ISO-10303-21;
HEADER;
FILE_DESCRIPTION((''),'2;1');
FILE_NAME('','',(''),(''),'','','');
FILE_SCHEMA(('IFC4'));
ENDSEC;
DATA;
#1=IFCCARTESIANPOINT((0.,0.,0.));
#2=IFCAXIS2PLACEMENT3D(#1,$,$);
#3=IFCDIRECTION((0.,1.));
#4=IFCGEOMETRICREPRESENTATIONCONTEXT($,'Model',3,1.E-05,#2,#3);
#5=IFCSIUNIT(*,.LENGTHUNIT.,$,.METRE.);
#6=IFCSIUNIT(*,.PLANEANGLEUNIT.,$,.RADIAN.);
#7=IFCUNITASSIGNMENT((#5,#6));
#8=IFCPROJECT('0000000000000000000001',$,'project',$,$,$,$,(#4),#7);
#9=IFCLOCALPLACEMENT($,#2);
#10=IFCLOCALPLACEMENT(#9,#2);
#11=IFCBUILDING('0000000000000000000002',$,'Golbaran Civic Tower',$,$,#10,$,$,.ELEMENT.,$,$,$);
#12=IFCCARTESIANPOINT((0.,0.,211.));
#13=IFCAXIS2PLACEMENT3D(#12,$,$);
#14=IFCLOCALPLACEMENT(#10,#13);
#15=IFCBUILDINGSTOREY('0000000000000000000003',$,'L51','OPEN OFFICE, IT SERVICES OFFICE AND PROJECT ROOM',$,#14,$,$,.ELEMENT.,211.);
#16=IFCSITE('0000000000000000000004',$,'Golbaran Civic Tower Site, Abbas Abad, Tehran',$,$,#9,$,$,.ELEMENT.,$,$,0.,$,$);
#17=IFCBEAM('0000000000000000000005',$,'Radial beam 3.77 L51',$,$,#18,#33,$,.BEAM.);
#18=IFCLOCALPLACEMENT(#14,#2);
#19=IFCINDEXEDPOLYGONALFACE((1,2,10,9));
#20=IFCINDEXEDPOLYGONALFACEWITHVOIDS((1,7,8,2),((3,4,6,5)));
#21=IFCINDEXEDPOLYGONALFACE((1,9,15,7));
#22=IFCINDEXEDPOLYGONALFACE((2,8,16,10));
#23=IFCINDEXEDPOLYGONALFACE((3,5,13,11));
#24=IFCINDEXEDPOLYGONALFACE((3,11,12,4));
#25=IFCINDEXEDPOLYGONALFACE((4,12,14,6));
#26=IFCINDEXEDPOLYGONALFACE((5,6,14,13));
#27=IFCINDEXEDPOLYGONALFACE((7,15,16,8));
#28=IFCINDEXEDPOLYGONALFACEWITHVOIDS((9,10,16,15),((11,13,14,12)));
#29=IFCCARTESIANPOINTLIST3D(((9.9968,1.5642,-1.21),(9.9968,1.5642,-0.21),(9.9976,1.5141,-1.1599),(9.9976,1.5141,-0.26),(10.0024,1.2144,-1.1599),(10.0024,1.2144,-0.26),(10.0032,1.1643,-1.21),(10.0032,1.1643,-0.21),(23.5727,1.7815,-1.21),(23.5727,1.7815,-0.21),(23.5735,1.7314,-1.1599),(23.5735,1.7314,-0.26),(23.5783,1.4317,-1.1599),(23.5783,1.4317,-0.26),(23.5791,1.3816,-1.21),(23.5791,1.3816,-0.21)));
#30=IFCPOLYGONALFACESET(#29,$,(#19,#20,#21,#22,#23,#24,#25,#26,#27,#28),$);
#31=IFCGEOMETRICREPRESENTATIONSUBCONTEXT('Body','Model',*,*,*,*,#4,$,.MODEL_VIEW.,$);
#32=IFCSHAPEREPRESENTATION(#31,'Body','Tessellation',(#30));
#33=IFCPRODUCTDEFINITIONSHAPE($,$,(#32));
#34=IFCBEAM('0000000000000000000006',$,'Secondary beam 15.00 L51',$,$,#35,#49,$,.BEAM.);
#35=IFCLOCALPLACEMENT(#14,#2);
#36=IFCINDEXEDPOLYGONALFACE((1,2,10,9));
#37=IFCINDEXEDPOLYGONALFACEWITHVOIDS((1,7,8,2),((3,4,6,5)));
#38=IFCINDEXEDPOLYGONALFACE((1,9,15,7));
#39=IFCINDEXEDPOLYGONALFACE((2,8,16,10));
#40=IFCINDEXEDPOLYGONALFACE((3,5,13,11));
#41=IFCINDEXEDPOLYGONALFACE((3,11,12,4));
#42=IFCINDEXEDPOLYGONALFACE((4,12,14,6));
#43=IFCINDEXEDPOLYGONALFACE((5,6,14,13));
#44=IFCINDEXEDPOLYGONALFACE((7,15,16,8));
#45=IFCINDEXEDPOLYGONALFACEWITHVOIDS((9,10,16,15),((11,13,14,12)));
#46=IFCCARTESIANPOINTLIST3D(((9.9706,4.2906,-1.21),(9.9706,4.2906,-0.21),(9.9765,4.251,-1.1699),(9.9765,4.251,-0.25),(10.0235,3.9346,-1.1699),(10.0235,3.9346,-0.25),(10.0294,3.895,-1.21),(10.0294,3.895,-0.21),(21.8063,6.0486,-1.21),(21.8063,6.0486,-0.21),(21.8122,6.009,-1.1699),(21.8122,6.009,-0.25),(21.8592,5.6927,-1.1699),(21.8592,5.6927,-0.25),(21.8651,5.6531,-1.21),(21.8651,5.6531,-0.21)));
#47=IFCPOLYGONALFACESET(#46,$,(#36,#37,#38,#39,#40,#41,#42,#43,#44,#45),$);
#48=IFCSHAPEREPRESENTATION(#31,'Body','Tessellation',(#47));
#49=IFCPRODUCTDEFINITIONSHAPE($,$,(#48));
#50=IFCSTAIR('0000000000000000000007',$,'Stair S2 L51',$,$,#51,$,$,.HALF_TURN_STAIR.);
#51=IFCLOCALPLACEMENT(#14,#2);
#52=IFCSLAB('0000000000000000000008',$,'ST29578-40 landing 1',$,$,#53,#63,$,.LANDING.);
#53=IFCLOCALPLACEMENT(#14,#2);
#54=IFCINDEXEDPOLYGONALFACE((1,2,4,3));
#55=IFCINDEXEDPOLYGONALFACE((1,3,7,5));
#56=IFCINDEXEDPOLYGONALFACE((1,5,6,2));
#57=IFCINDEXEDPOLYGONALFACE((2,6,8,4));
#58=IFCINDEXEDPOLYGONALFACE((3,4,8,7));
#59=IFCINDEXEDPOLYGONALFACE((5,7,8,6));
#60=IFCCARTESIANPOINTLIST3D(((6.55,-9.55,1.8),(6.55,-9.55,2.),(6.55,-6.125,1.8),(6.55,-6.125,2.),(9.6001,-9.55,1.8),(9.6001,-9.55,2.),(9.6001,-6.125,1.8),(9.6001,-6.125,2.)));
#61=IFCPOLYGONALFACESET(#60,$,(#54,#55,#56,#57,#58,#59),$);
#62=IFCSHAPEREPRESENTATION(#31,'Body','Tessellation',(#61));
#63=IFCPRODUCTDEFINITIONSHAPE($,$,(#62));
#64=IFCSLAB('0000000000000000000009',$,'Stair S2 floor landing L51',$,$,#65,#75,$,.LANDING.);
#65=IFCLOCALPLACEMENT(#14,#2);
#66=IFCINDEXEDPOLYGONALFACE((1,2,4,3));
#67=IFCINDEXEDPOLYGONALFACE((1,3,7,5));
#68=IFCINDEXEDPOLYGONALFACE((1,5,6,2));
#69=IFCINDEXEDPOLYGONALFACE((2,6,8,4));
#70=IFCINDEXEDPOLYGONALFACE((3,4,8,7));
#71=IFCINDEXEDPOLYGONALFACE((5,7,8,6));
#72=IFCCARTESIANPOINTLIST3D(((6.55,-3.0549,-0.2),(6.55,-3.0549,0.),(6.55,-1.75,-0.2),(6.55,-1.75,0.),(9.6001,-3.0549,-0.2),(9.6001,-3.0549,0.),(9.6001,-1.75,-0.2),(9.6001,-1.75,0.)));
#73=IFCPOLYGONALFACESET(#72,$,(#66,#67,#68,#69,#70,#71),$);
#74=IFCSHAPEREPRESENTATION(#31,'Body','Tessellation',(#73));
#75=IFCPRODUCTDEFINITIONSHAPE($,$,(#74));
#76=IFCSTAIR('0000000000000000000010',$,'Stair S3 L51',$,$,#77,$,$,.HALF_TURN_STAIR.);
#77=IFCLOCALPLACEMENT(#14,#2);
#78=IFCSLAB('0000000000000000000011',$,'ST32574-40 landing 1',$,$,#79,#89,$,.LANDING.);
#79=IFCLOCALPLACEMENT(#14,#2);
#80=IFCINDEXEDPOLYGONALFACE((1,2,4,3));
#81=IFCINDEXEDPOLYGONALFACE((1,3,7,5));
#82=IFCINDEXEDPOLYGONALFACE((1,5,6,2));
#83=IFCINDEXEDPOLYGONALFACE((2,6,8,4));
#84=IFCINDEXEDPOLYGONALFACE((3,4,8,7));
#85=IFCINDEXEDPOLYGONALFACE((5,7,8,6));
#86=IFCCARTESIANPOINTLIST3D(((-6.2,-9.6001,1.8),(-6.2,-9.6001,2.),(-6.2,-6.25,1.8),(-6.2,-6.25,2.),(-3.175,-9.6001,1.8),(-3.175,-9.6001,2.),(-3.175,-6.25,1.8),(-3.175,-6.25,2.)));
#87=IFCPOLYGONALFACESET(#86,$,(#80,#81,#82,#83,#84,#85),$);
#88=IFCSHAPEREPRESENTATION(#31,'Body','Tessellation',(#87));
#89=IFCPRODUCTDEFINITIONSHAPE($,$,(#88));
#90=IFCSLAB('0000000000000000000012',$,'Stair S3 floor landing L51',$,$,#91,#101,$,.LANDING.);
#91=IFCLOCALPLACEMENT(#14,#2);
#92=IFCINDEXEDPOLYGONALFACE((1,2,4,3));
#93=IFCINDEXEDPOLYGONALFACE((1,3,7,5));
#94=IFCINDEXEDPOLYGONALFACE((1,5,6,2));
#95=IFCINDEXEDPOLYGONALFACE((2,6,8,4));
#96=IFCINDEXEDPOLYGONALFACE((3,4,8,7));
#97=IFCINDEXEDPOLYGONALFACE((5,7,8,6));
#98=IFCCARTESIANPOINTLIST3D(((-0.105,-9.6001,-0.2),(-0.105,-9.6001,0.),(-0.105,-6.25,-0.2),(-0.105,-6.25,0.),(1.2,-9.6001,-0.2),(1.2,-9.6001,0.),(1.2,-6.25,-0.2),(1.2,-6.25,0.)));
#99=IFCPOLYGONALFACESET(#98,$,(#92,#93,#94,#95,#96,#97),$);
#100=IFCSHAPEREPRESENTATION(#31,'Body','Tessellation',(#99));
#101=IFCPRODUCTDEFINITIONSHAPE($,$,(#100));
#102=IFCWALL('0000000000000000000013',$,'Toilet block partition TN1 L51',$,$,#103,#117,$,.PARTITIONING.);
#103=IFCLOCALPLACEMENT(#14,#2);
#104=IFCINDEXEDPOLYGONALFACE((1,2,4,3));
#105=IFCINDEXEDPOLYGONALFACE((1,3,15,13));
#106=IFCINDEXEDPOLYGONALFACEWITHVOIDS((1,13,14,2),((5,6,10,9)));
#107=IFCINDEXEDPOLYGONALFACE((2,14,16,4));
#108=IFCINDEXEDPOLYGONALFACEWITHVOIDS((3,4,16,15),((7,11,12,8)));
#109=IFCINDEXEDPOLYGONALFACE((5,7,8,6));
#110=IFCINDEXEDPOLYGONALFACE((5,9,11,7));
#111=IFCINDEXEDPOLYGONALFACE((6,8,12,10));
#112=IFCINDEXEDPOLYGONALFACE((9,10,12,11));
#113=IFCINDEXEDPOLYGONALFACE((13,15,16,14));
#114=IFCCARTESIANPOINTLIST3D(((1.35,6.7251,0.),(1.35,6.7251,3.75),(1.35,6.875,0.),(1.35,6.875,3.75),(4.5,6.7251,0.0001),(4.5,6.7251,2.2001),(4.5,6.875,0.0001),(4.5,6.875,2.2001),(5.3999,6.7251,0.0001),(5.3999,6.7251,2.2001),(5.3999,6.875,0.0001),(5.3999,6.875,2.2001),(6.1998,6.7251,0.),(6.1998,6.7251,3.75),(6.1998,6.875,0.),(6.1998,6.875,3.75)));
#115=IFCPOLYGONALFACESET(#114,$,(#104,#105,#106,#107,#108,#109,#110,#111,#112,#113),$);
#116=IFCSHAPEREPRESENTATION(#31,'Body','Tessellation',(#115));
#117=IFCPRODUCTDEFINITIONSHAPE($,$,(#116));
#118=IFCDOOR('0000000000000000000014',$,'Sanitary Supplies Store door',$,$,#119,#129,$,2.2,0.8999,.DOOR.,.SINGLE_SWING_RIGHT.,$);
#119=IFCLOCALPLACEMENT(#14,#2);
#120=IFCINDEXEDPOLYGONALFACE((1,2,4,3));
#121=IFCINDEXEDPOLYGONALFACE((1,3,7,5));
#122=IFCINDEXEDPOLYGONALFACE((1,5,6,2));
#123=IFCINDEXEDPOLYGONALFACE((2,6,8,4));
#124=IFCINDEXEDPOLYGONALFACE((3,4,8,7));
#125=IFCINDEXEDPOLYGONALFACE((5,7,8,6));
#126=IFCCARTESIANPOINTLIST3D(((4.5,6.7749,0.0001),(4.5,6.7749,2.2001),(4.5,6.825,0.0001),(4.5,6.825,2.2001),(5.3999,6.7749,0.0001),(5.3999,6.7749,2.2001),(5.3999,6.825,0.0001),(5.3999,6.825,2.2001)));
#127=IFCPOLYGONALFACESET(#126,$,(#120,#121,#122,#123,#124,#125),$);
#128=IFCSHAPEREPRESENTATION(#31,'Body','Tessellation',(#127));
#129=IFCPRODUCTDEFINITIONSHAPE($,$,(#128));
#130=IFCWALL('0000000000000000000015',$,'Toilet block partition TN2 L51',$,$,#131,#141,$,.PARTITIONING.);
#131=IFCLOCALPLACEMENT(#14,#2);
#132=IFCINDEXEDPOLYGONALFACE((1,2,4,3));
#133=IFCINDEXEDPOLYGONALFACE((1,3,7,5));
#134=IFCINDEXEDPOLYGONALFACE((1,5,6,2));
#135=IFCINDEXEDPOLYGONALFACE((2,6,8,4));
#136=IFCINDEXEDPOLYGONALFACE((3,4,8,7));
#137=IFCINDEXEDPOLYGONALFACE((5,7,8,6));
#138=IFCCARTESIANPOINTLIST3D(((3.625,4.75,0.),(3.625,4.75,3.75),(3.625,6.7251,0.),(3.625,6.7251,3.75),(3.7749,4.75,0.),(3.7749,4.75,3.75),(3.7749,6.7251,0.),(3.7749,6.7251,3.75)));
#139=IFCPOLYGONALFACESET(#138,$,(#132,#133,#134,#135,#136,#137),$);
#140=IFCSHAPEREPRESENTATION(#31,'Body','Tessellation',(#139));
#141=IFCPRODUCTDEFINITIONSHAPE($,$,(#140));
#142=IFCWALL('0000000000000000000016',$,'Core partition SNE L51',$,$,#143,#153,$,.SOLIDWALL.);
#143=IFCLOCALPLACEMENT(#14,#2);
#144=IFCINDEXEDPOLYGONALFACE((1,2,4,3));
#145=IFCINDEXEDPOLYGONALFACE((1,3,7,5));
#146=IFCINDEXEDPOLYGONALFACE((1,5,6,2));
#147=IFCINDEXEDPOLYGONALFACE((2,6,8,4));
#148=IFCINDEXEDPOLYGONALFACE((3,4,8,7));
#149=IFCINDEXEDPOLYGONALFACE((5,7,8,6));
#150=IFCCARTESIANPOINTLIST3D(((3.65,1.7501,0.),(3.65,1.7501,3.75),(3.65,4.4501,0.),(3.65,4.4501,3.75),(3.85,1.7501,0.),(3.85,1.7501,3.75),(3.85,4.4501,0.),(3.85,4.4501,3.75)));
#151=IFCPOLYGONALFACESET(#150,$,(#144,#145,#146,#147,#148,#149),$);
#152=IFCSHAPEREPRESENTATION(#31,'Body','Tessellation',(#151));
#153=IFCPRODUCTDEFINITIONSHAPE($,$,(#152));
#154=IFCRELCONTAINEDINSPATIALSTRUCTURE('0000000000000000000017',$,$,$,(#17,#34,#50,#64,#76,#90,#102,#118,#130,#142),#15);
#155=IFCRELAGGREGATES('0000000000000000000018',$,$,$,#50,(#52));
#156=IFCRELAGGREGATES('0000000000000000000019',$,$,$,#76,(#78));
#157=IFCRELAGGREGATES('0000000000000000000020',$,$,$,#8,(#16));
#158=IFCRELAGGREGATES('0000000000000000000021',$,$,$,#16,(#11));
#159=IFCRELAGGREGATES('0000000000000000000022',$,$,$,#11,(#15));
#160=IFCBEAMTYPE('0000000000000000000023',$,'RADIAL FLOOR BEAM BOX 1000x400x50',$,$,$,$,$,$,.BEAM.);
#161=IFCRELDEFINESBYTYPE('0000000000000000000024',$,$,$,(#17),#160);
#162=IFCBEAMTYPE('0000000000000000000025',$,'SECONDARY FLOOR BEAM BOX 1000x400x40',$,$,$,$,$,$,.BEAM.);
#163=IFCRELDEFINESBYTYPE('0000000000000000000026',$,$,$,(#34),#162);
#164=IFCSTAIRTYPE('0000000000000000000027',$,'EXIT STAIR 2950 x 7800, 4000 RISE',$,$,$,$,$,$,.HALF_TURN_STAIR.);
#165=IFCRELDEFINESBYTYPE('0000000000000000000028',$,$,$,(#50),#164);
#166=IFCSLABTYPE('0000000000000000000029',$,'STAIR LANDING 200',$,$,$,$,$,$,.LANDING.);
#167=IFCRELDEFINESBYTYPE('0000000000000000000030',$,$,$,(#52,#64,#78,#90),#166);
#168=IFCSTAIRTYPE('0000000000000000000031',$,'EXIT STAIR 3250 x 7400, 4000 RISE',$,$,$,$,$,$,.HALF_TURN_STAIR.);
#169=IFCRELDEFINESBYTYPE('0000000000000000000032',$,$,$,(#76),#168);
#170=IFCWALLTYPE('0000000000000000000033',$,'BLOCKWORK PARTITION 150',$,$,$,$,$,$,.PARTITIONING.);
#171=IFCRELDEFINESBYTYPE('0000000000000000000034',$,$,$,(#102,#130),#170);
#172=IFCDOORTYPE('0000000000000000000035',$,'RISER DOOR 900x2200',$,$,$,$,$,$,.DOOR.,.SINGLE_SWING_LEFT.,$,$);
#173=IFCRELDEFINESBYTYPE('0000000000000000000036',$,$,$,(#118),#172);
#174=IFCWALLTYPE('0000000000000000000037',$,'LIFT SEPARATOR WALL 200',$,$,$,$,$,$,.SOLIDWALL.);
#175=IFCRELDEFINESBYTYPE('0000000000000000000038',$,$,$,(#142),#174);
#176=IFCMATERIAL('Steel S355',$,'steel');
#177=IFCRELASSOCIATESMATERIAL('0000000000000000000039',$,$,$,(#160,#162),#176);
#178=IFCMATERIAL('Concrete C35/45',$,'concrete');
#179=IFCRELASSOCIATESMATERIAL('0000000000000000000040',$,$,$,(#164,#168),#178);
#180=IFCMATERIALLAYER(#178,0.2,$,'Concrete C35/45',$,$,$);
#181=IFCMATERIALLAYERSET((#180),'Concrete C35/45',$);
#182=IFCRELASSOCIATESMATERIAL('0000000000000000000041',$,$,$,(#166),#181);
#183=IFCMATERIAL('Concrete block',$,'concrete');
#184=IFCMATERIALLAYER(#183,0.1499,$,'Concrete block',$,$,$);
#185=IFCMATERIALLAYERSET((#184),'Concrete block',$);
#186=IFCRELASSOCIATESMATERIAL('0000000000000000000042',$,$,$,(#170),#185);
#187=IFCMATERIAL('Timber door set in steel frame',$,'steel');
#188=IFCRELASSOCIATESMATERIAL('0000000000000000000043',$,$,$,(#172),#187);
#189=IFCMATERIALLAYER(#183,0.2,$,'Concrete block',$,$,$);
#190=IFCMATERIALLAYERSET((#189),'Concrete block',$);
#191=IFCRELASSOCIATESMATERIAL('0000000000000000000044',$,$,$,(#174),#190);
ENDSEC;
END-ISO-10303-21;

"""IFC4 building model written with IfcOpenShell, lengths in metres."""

from ifc_helpers import new_model, si_unit, direction, frame, frame_2d, origin, origin_2d, place, context, subcontext, project, spatial, polyline, rectangle, hollow_rectangle, outline, extrude, material, layer, layer_set, material_profile, profile_set, type_object, element, fill, aggregate, save


model = new_model("IFC4")

# Units and contexts
model_context = context("Model", 3, precision=1e-05, world=origin(), true_north=direction((0.0, 1.0)))
body_context = subcontext(model_context, "Body", "Model", "MODEL_VIEW")
ifc_project = project(units=[si_unit("LENGTHUNIT", "METRE"), si_unit("PLANEANGLEUNIT", "RADIAN")], contexts=[model_context])

# Site, building, storey
site_placement = place(None, origin())
site = spatial("IfcSite", under=ifc_project, at=site_placement, Name="Golbaran Civic Tower Site, Abbas Abad, Tehran", CompositionType="ELEMENT", RefElevation=0.0)
building_placement = place(site_placement, origin())
building = spatial("IfcBuilding", under=site, at=building_placement, Name="Golbaran Civic Tower", CompositionType="ELEMENT")
storey_placement = place(building_placement, frame((0.0, 0.0, 211.0)))
storey = spatial("IfcBuildingStorey", under=building, at=storey_placement, Name="L51", Description="OPEN OFFICE, IT SERVICES OFFICE AND PROJECT ROOM", CompositionType="ELEMENT", Elevation=211.0)

# Beams
ifc_material_1 = material(Name="Steel S355", Category="steel")
ifc_material_profile_1 = material_profile(ifc_material_1, hollow_rectangle(XDim=0.3999, YDim=1.0, WallThickness=0.05, at=origin_2d()), Name="BOX 1000x400x50")
ifc_profile_set_1 = profile_set([ifc_material_profile_1], Name="Steel S355")
beam_type_1 = type_object("IfcBeamType", Name="RADIAL FLOOR BEAM BOX 1000x400x50", PredefinedType="BEAM", material=ifc_profile_set_1)
beam_1_placement = place(storey_placement, frame((10.0, 1.3643, -0.71), z_axis=(0.999872, 0.016003, 0.0), x_axis=(-0.016003, 0.999872, 0.0)))
element("IfcBeam", 1, at=beam_1_placement, inside=storey, type_object=beam_type_1, Name="Radial beam 3.77 L51", PredefinedType="BEAM", context=body_context, shape_type="SweptSolid", body=[
    extrude(hollow_rectangle(XDim=0.3999, YDim=1.0, WallThickness=0.05, at=origin_2d()), origin(), (0.0, 0.0, 1.0), 13.5776),
])
ifc_material_profile_2 = material_profile(ifc_material_1, hollow_rectangle(XDim=0.3999, YDim=1.0, WallThickness=0.04, at=origin_2d()), Name="BOX 1000x400x40")
ifc_profile_set_2 = profile_set([ifc_material_profile_2], Name="Steel S355")
beam_type_2 = type_object("IfcBeamType", Name="SECONDARY FLOOR BEAM BOX 1000x400x40", PredefinedType="BEAM", material=ifc_profile_set_2)
beam_2_placement = place(storey_placement, frame((10.0, 4.0928, -0.71), z_axis=(0.989147, 0.146927, 0.0), x_axis=(-0.146927, 0.989147, 0.0)))
element("IfcBeam", 2, at=beam_2_placement, inside=storey, type_object=beam_type_2, Name="Secondary beam 15.00 L51", PredefinedType="BEAM", context=body_context, shape_type="SweptSolid", body=[
    extrude(hollow_rectangle(XDim=0.3999, YDim=1.0, WallThickness=0.04, at=origin_2d()), origin(), (0.0, 0.0, 1.0), 11.9656),
])

# Stair, slab
ifc_material_2 = material(Name="Concrete C35/45", Category="concrete")
stair_type_1 = type_object("IfcStairType", Name="EXIT STAIR 2950 x 7800, 4000 RISE", PredefinedType="HALF_TURN_STAIR", material=ifc_material_2)
stair_1_placement = place(storey_placement, origin())
stair_1 = element("IfcStair", 3, at=stair_1_placement, inside=storey, type_object=stair_type_1, Name="Stair S2 L51", PredefinedType="HALF_TURN_STAIR")
ifc_layer_1 = layer(ifc_material_2, 0.2, Name="Concrete C35/45")
ifc_layer_set_1 = layer_set([ifc_layer_1], Name="Concrete C35/45")
slab_type = type_object("IfcSlabType", Name="STAIR LANDING 200", PredefinedType="LANDING", material=ifc_layer_set_1)
slab_1_placement = place(storey_placement, frame((0.0, 0.0, 1.8)))
slab_1 = element("IfcSlab", 4, at=slab_1_placement, type_object=slab_type, Name="ST29578-40 landing 1", PredefinedType="LANDING", context=body_context, shape_type="SweptSolid", body=[
    extrude(outline(polyline([(9.6001, -6.125), (9.6001, -9.55), (6.55, -9.55), (6.55, -6.125), (9.6001, -6.125)])), origin(), (0.0, 0.0, 1.0), 0.2),
])
aggregate(stair_1, [slab_1])

# Slab
slab_2_placement = place(storey_placement, frame((0.0, 0.0, -0.2)))
element("IfcSlab", 5, at=slab_2_placement, inside=storey, type_object=slab_type, Name="Stair S2 floor landing L51", PredefinedType="LANDING", context=body_context, shape_type="SweptSolid", body=[
    extrude(outline(polyline([(9.6001, -1.75), (9.6001, -3.0549), (6.55, -3.0549), (6.55, -1.75), (9.6001, -1.75)])), origin(), (0.0, 0.0, 1.0), 0.2),
])

# Stair, slab
stair_type_2 = type_object("IfcStairType", Name="EXIT STAIR 3250 x 7400, 4000 RISE", PredefinedType="HALF_TURN_STAIR", material=ifc_material_2)
stair_2_placement = place(storey_placement, origin())
stair_2 = element("IfcStair", 6, at=stair_2_placement, inside=storey, type_object=stair_type_2, Name="Stair S3 L51", PredefinedType="HALF_TURN_STAIR")
slab_3_placement = place(storey_placement, frame((0.0, 0.0, 1.8)))
slab_3 = element("IfcSlab", 7, at=slab_3_placement, type_object=slab_type, Name="ST32574-40 landing 1", PredefinedType="LANDING", context=body_context, shape_type="SweptSolid", body=[
    extrude(outline(polyline([(-3.175, -9.6001), (-6.2, -9.6001), (-6.2, -6.25), (-3.175, -6.25), (-3.175, -9.6001)])), origin(), (0.0, 0.0, 1.0), 0.2),
])
aggregate(stair_2, [slab_3])

# Slab
slab_4_placement = place(storey_placement, frame((0.0, 0.0, -0.2)))
element("IfcSlab", 8, at=slab_4_placement, inside=storey, type_object=slab_type, Name="Stair S3 floor landing L51", PredefinedType="LANDING", context=body_context, shape_type="SweptSolid", body=[
    extrude(outline(polyline([(1.2, -9.6001), (-0.105, -9.6001), (-0.105, -6.25), (1.2, -6.25), (1.2, -9.6001)])), origin(), (0.0, 0.0, 1.0), 0.2),
])

# Wall, opening, door
ifc_material_3 = material(Name="Concrete block", Category="concrete")
ifc_layer_2 = layer(ifc_material_3, 0.1499, Name="Concrete block")
ifc_layer_set_2 = layer_set([ifc_layer_2], Name="Concrete block")
wall_type_1 = type_object("IfcWallType", Name="BLOCKWORK PARTITION 150", PredefinedType="PARTITIONING", material=ifc_layer_set_2)
wall_1_placement = place(storey_placement, frame((1.3501, 6.8, 0.0), z_axis=(0.0, 0.0, 1.0), x_axis=(1.0, 0.0, 0.0)))
wall_1 = element("IfcWall", 9, at=wall_1_placement, inside=storey, type_object=wall_type_1, Name="Toilet block partition TN1 L51", PredefinedType="PARTITIONING", context=body_context, shape_type="SweptSolid", body=[
    extrude(rectangle(XDim=4.8499, YDim=0.1499, at=frame_2d((2.4248, 0.0))), origin(), (0.0, 0.0, 1.0), 3.75),
])
opening_1_placement = place(wall_1_placement, frame((3.1499, 0.0, 0.0)))
opening_1 = element("IfcOpeningElement", 10, at=opening_1_placement, cuts=wall_1, PredefinedType="OPENING", context=body_context, shape_type="SweptSolid", body=[
    extrude(rectangle(XDim=0.8999, YDim=2.2, at=frame_2d((0.45, 1.1001))), frame((0.0, 0.085, 0.0), z_axis=(0.0, -1.0, 0.0), x_axis=(1.0, 0.0, 0.0)), (0.0, 0.0, 1.0), 0.1699),
])
ifc_material_4 = material(Name="Timber door set in steel frame", Category="steel")
door_type_1 = type_object("IfcDoorType", Name="RISER DOOR 900x2200", OperationType="SINGLE_SWING_LEFT", PredefinedType="DOOR", material=ifc_material_4)
door_1_placement = place(opening_1_placement, origin())
door_1 = element("IfcDoor", 11, at=door_1_placement, inside=storey, type_object=door_type_1, Name="Sanitary Supplies Store door", OperationType="SINGLE_SWING_RIGHT", OverallHeight=2.2, OverallWidth=0.8999, PredefinedType="DOOR", context=body_context, shape_type="SweptSolid", body=[
    extrude(rectangle(XDim=0.8999, YDim=2.2, at=frame_2d((0.45, 1.1001))), frame((0.0, 0.0249, 0.0), z_axis=(0.0, -1.0, 0.0), x_axis=(1.0, 0.0, 0.0)), (0.0, 0.0, 1.0), 0.05),
])
fill(opening_1, door_1)

# Walls
wall_2_placement = place(storey_placement, frame((3.7, 4.75, 0.0), z_axis=(0.0, 0.0, 1.0), x_axis=(0.0, 1.0, 0.0)))
element("IfcWall", 12, at=wall_2_placement, inside=storey, type_object=wall_type_1, Name="Toilet block partition TN2 L51", PredefinedType="PARTITIONING", context=body_context, shape_type="SweptSolid", body=[
    extrude(rectangle(XDim=1.9751, YDim=0.1499, at=frame_2d((0.9875, 0.0))), origin(), (0.0, 0.0, 1.0), 3.75),
])
ifc_layer_3 = layer(ifc_material_3, 0.2, Name="Concrete block")
ifc_layer_set_3 = layer_set([ifc_layer_3], Name="Concrete block")
wall_type_2 = type_object("IfcWallType", Name="LIFT SEPARATOR WALL 200", PredefinedType="SOLIDWALL", material=ifc_layer_set_3)
wall_3_placement = place(storey_placement, frame((3.75, 1.75, 0.0), z_axis=(0.0, 0.0, 1.0), x_axis=(0.0, 1.0, 0.0)))
element("IfcWall", 13, at=wall_3_placement, inside=storey, type_object=wall_type_2, Name="Core partition SNE L51", PredefinedType="SOLIDWALL", context=body_context, shape_type="SweptSolid", body=[
    extrude(rectangle(XDim=2.7, YDim=0.2, at=frame_2d((1.3501, 0.0))), origin(), (0.0, 0.0, 1.0), 3.75),
])

save(model, "model.ifc")
